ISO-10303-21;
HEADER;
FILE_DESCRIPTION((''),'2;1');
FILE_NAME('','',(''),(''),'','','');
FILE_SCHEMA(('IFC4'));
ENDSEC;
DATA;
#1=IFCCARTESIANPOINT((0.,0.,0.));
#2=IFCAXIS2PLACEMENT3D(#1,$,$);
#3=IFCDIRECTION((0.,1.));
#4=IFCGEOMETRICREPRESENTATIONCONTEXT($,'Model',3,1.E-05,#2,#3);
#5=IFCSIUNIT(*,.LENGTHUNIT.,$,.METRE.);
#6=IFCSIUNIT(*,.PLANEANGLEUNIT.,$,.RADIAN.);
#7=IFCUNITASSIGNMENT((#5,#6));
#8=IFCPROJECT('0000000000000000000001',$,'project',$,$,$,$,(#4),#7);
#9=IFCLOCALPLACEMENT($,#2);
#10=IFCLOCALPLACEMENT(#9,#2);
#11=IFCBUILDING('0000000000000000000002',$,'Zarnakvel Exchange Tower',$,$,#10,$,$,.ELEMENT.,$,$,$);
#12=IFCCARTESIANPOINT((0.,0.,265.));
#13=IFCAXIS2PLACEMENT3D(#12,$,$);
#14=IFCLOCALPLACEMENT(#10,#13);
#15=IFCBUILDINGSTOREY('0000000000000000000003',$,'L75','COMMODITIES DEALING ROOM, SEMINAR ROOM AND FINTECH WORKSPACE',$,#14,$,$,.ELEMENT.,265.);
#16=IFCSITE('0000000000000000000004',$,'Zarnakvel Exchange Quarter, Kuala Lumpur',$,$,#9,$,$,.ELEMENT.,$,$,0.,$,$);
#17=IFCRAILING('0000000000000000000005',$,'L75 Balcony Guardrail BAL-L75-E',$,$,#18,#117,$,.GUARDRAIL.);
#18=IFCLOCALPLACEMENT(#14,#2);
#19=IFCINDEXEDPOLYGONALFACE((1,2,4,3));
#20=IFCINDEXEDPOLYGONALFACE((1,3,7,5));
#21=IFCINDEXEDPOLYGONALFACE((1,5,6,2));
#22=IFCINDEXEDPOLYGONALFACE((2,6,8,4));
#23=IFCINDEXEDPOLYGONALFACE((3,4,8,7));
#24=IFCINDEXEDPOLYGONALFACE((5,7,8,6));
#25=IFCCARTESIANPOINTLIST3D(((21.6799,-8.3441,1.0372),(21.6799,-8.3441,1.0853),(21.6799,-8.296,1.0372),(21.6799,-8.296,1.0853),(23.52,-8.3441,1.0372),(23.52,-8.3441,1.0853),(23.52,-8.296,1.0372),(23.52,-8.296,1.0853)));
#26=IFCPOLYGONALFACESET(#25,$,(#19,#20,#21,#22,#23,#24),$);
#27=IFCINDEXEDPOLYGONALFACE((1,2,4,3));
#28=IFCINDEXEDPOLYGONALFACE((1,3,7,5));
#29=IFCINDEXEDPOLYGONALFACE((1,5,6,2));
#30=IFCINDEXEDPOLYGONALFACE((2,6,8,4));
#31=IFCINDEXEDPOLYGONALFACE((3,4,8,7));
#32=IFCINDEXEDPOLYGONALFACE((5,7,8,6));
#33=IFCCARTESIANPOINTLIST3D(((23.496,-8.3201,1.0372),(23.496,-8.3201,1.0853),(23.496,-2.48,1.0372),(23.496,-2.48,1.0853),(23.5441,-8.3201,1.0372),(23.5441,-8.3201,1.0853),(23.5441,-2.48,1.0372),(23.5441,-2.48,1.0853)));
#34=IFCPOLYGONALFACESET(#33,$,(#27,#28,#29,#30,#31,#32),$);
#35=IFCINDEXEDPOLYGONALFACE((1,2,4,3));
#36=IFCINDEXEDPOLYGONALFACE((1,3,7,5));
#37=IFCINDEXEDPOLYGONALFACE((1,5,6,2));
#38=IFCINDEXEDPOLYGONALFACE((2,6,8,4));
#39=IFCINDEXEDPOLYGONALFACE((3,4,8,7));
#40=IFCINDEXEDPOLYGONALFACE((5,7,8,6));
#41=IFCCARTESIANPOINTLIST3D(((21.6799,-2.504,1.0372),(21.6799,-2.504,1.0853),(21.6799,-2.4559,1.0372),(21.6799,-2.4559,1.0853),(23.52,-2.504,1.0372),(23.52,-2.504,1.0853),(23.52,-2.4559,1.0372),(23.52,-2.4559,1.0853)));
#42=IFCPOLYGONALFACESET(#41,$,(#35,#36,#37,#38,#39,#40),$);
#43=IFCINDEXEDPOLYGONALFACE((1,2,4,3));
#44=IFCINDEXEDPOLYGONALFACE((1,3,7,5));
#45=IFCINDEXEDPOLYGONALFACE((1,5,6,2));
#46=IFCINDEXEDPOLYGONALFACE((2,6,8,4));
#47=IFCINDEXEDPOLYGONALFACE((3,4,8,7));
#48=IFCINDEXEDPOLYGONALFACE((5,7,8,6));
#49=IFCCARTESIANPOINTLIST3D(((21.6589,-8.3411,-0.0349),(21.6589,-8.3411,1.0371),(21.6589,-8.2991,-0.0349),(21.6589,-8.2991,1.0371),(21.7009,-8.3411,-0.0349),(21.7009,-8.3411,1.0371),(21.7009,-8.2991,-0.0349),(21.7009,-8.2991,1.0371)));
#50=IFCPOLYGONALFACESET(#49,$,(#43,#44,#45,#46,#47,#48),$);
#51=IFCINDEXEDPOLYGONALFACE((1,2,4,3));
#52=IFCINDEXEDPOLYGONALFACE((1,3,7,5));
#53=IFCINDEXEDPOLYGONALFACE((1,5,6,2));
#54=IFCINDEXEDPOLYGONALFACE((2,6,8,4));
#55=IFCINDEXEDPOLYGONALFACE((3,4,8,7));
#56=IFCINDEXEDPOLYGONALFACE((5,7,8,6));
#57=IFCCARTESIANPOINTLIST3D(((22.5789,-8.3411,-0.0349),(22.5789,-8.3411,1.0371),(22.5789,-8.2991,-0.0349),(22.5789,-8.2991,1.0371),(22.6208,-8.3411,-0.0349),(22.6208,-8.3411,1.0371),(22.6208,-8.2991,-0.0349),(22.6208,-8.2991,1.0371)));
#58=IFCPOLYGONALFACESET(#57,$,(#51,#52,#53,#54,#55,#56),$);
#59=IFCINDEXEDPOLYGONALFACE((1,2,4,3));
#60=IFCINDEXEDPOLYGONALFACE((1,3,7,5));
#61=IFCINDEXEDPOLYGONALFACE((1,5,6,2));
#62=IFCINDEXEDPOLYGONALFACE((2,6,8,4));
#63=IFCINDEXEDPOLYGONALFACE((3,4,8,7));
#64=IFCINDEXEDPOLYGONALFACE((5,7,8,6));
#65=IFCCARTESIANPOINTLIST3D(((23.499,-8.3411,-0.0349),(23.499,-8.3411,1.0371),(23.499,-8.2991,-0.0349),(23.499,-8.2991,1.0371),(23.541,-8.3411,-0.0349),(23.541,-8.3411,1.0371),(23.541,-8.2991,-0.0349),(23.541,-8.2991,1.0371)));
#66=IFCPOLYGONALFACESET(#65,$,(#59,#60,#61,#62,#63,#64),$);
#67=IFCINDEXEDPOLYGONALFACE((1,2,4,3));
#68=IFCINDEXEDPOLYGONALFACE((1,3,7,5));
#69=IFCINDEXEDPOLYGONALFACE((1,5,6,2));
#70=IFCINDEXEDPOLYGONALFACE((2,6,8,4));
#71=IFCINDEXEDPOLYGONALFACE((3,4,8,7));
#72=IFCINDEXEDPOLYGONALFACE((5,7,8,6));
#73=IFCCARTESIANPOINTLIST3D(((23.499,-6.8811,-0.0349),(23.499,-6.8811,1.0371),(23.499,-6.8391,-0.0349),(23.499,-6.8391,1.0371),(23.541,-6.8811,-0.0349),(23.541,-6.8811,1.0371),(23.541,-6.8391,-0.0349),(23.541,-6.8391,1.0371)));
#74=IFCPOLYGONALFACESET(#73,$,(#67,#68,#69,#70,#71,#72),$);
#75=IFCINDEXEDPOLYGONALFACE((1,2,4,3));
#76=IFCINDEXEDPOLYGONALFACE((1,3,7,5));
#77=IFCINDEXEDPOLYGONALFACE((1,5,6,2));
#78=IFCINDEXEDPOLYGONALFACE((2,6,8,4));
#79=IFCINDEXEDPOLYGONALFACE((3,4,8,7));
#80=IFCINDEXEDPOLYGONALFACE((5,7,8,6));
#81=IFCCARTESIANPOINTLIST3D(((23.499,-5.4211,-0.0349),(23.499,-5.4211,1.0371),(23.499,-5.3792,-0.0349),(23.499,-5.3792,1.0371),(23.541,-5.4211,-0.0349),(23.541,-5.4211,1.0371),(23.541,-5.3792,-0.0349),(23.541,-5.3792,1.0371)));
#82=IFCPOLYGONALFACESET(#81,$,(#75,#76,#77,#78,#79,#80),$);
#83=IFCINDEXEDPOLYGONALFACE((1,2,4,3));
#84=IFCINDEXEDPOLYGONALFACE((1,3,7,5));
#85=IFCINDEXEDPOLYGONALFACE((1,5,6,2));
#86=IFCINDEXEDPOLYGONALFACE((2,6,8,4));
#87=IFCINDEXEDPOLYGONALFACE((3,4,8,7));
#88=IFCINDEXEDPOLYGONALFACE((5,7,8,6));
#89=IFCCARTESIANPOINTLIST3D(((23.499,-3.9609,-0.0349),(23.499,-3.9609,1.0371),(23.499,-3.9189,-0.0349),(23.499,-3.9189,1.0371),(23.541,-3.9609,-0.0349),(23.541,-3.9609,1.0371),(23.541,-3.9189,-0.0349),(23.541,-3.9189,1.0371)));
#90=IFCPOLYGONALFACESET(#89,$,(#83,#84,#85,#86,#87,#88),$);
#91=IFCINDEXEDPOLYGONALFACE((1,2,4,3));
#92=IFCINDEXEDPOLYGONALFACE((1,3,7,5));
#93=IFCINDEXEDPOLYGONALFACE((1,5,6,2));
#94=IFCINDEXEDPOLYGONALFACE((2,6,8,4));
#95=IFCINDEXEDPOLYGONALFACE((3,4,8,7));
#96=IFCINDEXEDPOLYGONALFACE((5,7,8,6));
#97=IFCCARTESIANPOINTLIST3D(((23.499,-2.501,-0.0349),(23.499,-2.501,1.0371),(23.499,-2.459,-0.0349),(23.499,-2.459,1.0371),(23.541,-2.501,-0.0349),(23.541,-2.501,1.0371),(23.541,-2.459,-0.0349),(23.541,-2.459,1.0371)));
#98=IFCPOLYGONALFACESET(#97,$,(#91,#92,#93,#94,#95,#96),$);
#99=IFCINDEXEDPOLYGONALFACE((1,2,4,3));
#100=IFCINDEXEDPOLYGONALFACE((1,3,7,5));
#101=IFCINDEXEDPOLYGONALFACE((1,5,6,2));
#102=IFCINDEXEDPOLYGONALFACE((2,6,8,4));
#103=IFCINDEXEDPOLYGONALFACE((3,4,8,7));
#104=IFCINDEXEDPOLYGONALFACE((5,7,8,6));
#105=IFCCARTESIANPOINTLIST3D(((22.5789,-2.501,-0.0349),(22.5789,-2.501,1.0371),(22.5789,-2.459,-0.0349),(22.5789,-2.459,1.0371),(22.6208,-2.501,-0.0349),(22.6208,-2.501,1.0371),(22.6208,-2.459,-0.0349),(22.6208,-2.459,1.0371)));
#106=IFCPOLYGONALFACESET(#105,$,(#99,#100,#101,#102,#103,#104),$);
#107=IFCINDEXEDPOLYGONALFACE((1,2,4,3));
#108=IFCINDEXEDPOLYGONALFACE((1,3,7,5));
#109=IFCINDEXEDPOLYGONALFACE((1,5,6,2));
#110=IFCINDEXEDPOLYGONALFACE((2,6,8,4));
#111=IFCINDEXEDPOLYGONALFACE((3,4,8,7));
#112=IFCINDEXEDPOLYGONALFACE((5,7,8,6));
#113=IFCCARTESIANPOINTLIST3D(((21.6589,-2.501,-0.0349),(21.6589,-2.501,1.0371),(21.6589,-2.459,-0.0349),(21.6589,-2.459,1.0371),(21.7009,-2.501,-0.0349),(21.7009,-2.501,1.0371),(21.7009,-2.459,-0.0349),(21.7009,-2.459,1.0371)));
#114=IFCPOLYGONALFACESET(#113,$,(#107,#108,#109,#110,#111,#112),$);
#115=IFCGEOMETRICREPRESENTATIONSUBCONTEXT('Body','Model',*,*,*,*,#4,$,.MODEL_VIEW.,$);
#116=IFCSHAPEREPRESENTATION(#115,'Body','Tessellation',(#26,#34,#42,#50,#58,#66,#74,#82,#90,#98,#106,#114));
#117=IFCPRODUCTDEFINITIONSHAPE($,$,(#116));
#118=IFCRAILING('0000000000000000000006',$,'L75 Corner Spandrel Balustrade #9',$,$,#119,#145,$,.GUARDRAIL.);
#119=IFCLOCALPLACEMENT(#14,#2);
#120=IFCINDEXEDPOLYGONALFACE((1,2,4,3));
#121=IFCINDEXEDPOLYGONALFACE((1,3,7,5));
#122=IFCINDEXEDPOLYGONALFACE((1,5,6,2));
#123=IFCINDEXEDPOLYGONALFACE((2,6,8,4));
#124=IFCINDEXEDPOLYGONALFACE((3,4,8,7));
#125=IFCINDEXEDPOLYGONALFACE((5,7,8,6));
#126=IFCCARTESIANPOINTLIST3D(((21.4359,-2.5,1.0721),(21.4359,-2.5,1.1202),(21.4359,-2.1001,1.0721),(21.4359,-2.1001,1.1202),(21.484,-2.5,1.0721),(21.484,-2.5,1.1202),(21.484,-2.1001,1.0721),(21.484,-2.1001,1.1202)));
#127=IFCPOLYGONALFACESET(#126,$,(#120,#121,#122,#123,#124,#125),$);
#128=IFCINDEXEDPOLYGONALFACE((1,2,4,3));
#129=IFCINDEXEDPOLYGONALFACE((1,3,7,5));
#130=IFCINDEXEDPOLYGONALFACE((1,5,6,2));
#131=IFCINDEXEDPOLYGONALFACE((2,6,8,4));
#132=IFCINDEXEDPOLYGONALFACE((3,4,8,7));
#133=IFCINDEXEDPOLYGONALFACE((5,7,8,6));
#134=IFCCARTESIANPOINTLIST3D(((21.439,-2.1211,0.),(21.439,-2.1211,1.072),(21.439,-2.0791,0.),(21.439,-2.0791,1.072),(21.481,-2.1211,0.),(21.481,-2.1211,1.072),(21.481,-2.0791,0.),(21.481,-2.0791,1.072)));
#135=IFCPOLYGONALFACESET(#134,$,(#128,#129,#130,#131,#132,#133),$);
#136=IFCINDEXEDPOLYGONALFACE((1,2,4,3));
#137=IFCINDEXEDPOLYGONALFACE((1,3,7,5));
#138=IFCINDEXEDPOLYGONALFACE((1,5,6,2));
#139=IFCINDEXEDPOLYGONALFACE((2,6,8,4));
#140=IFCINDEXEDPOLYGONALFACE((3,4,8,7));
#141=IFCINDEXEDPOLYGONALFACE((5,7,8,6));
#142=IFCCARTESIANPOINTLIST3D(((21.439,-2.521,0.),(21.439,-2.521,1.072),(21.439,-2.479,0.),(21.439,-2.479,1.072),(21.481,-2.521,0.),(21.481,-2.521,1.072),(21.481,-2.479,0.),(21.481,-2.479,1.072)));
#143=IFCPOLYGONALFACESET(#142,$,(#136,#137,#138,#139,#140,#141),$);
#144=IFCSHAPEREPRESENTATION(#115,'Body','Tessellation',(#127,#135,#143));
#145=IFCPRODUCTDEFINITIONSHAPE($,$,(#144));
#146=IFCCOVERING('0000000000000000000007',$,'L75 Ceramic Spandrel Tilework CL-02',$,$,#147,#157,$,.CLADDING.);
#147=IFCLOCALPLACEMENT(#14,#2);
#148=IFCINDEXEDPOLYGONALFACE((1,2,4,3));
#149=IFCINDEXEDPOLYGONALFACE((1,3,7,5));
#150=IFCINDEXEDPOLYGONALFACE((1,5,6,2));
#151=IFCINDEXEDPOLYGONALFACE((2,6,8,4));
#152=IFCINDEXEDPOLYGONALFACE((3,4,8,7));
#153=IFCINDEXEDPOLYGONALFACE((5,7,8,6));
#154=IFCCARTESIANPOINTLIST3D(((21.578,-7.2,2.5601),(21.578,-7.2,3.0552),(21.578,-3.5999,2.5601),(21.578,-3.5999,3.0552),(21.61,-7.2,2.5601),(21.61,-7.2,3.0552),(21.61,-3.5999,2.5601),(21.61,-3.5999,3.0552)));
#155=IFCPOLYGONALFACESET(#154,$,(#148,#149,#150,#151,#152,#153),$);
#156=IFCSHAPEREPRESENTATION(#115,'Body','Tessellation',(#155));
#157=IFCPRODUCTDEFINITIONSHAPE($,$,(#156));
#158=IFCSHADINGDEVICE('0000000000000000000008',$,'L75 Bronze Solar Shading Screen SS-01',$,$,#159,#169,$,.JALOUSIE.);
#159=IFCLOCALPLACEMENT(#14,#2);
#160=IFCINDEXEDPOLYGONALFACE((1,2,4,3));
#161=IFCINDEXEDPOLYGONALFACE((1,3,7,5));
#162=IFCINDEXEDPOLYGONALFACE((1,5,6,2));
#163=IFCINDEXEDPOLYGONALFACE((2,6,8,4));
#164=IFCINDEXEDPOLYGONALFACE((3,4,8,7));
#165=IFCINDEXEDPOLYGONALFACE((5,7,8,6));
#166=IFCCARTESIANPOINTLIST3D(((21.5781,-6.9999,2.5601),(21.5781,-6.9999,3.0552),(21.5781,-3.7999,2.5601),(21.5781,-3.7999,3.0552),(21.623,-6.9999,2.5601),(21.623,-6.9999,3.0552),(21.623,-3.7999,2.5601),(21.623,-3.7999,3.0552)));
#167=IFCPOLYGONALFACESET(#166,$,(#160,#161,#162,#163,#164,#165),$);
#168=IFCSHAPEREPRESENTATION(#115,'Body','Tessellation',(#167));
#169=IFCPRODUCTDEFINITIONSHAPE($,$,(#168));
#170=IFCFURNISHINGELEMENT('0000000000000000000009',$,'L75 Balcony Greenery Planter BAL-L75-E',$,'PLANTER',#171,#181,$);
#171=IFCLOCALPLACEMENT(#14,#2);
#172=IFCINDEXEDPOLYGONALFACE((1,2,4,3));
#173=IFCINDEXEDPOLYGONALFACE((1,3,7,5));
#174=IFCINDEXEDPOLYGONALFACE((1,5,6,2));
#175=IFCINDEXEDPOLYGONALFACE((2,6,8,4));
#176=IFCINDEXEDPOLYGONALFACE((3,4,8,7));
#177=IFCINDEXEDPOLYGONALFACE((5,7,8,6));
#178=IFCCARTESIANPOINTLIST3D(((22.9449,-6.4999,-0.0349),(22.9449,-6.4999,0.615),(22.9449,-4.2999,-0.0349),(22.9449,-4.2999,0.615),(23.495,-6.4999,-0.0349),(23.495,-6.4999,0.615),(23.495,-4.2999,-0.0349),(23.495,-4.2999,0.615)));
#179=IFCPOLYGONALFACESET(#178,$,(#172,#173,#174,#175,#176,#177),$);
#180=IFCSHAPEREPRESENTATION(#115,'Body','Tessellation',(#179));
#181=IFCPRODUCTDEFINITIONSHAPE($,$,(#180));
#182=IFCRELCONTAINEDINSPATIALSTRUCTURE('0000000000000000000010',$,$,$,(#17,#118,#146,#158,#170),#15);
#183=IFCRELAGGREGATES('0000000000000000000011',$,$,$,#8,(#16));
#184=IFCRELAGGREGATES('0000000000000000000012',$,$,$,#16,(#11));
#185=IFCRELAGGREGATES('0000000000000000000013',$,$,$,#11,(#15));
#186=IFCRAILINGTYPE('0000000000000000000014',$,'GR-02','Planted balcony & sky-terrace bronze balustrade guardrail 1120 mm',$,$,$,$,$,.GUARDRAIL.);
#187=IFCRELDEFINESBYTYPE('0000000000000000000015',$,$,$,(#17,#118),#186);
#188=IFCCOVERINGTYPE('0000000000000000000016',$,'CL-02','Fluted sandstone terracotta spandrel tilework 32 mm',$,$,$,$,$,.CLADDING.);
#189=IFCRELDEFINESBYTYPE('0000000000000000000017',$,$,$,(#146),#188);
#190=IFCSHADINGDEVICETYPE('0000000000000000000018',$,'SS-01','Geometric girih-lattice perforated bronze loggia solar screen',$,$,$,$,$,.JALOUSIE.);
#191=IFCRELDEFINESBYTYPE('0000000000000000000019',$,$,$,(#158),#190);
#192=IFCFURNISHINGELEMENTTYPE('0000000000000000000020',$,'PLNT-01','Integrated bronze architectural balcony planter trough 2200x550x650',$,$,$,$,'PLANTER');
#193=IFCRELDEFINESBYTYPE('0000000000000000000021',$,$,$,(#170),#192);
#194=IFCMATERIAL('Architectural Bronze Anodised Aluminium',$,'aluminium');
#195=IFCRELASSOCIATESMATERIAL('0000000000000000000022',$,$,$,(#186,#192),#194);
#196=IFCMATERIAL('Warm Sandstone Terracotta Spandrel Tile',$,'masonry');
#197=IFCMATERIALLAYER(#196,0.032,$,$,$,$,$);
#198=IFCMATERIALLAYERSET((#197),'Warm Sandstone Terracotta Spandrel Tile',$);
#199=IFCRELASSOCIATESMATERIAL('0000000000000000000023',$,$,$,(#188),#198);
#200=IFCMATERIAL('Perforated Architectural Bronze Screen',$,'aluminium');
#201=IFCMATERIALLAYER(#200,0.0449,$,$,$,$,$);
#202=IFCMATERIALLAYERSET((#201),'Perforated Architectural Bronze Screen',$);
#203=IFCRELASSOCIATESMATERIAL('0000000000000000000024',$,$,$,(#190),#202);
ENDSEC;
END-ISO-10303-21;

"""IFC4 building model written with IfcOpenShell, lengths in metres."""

from ifc_helpers import new_model, si_unit, direction, frame, origin, origin_2d, place, context, subcontext, project, spatial, rectangle, extrude, source, transform, mapped, material, layer, layer_set, type_object, element, save


model = new_model("IFC4")

# Units and contexts
model_context = context("Model", 3, precision=1e-05, world=origin(), true_north=direction((0.0, 1.0)))
body_context = subcontext(model_context, "Body", "Model", "MODEL_VIEW")
ifc_project = project(units=[si_unit("LENGTHUNIT", "METRE"), si_unit("PLANEANGLEUNIT", "RADIAN")], contexts=[model_context])

# Site, building, storey
site_placement = place(None, origin())
site = spatial("IfcSite", under=ifc_project, at=site_placement, Name="Zarnakvel Exchange Quarter, Kuala Lumpur", CompositionType="ELEMENT", RefElevation=0.0)
building_placement = place(site_placement, origin())
building = spatial("IfcBuilding", under=site, at=building_placement, Name="Zarnakvel Exchange Tower", CompositionType="ELEMENT")
storey_placement = place(building_placement, frame((0.0, 0.0, 265.0)))
storey = spatial("IfcBuildingStorey", under=building, at=storey_placement, Name="L75", Description="COMMODITIES DEALING ROOM, SEMINAR ROOM AND FINTECH WORKSPACE", CompositionType="ELEMENT", Elevation=265.0)

# Shared definitions
ifc_material_1 = material(Name="Architectural Bronze Anodised Aluminium", Category="aluminium")

# Railings
railing_type = type_object("IfcRailingType", Name="GR-02", Description="Planted balcony & sky-terrace bronze balustrade guardrail 1120 mm", PredefinedType="GUARDRAIL", material=ifc_material_1)
railing_1_placement = place(storey_placement, frame((21.6799, -8.3201, -0.0349)))
element("IfcRailing", 1, at=railing_1_placement, inside=storey, type_object=railing_type, Name="L75 Balcony Guardrail BAL-L75-E", PredefinedType="GUARDRAIL", context=body_context, shape_type="SweptSolid", body=[
    extrude(rectangle(XDim=0.0481, YDim=0.0481, at=origin_2d()), frame((0.0, 0.0, 1.0962), z_axis=(1.0, 0.0, 0.0), x_axis=(0.0, 1.0, 0.0)), (0.0, 0.0, 1.0), 1.8401),
    extrude(rectangle(XDim=0.0481, YDim=0.0481, at=origin_2d()), frame((1.8401, 0.0, 1.0962), z_axis=(0.0, 1.0, 0.0), x_axis=(-1.0, 0.0, 0.0)), (0.0, 0.0, 1.0), 5.8401),
    extrude(rectangle(XDim=0.0481, YDim=0.0481, at=origin_2d()), frame((1.8401, 5.8401, 1.0962), z_axis=(-1.0, 0.0, 0.0), x_axis=(0.0, -1.0, 0.0)), (0.0, 0.0, 1.0), 1.8401),
    extrude(rectangle(XDim=0.042, YDim=0.042, at=origin_2d()), origin(), (0.0, 0.0, 1.0), 1.072),
    extrude(rectangle(XDim=0.042, YDim=0.042, at=origin_2d()), frame((0.9199, 0.0, 0.0)), (0.0, 0.0, 1.0), 1.072),
    extrude(rectangle(XDim=0.042, YDim=0.042, at=origin_2d()), frame((1.8401, 0.0, 0.0)), (0.0, 0.0, 1.0), 1.072),
    extrude(rectangle(XDim=0.042, YDim=0.042, at=origin_2d()), frame((1.8401, 1.46, 0.0)), (0.0, 0.0, 1.0), 1.072),
    extrude(rectangle(XDim=0.042, YDim=0.042, at=origin_2d()), frame((1.8401, 2.9199, 0.0)), (0.0, 0.0, 1.0), 1.072),
    extrude(rectangle(XDim=0.042, YDim=0.042, at=origin_2d()), frame((1.8401, 4.3801, 0.0)), (0.0, 0.0, 1.0), 1.072),
    extrude(rectangle(XDim=0.042, YDim=0.042, at=origin_2d()), frame((1.8401, 5.8401, 0.0)), (0.0, 0.0, 1.0), 1.072),
    extrude(rectangle(XDim=0.042, YDim=0.042, at=origin_2d()), frame((0.9199, 5.8401, 0.0)), (0.0, 0.0, 1.0), 1.072),
    extrude(rectangle(XDim=0.042, YDim=0.042, at=origin_2d()), frame((0.0, 5.8401, 0.0)), (0.0, 0.0, 1.0), 1.072),
])
railing_2_placement = place(storey_placement, frame((21.46, -2.1001, 0.0)))
element("IfcRailing", 2, at=railing_2_placement, inside=storey, type_object=railing_type, Name="L75 Corner Spandrel Balustrade #9", PredefinedType="GUARDRAIL", context=body_context, shape_type="SweptSolid", body=[
    extrude(rectangle(XDim=0.0481, YDim=0.0481, at=origin_2d()), frame((0.0, 0.0, 1.0962), z_axis=(0.0, -1.0, 0.0), x_axis=(1.0, 0.0, 0.0)), (0.0, 0.0, 1.0), 0.3999),
    extrude(rectangle(XDim=0.042, YDim=0.042, at=origin_2d()), origin(), (0.0, 0.0, 1.0), 1.072),
    extrude(rectangle(XDim=0.042, YDim=0.042, at=origin_2d()), frame((0.0, -0.3999, 0.0)), (0.0, 0.0, 1.0), 1.072),
])

# Covering
ifc_material_2 = material(Name="Warm Sandstone Terracotta Spandrel Tile", Category="masonry")
ifc_layer_1 = layer(ifc_material_2, 0.032)
ifc_layer_set_1 = layer_set([ifc_layer_1], Name="Warm Sandstone Terracotta Spandrel Tile")
covering_type = type_object("IfcCoveringType", Name="CL-02", Description="Fluted sandstone terracotta spandrel tilework 32 mm", PredefinedType="CLADDING", material=ifc_layer_set_1)
shared_shape_1 = source(origin(), body_context, "Body", "SweptSolid", [
    extrude(rectangle(XDim=3.6001, YDim=0.032, at=origin_2d()), origin(), (0.0, 0.0, 1.0), 0.4951),
])
covering_placement = place(storey_placement, frame((21.594, -5.3999, 2.5601), z_axis=(0.0, 0.0, 1.0), x_axis=(0.0, -1.0, 0.0)))
element("IfcCovering", 3, at=covering_placement, inside=storey, type_object=covering_type, Name="L75 Ceramic Spandrel Tilework CL-02", PredefinedType="CLADDING", context=body_context, shape_type="MappedRepresentation", body=[
    mapped(shared_shape_1, transform((0.0, 0.0, 0.0), x_axis=(1.0, 0.0, 0.0), y_axis=(0.0, 1.0, 0.0), z_axis=(0.0, 0.0, 1.0), scale=1.0)),
])

# Shading device
ifc_material_3 = material(Name="Perforated Architectural Bronze Screen", Category="aluminium")
ifc_layer_2 = layer(ifc_material_3, 0.0449)
ifc_layer_set_2 = layer_set([ifc_layer_2], Name="Perforated Architectural Bronze Screen")
shading_device_type = type_object("IfcShadingDeviceType", Name="SS-01", Description="Geometric girih-lattice perforated bronze loggia solar screen", PredefinedType="JALOUSIE", material=ifc_layer_set_2)
shared_shape_2 = source(origin(), body_context, "Body", "SweptSolid", [
    extrude(rectangle(XDim=3.2, YDim=0.0449, at=origin_2d()), origin(), (0.0, 0.0, 1.0), 0.4951),
])
shading_device_placement = place(storey_placement, frame((21.6006, -5.3999, 2.5601), z_axis=(0.0, 0.0, 1.0), x_axis=(0.0, -1.0, 0.0)))
element("IfcShadingDevice", 4, at=shading_device_placement, inside=storey, type_object=shading_device_type, Name="L75 Bronze Solar Shading Screen SS-01", PredefinedType="JALOUSIE", context=body_context, shape_type="MappedRepresentation", body=[
    mapped(shared_shape_2, transform((0.0, 0.0, 0.0), x_axis=(1.0, 0.0, 0.0), y_axis=(0.0, 1.0, 0.0), z_axis=(0.0, 0.0, 1.0), scale=1.0)),
])

# Furnishing element
furnishing_element_type = type_object("IfcFurnishingElementType", Name="PLNT-01", Description="Integrated bronze architectural balcony planter trough 2200x550x650", ElementType="PLANTER", material=ifc_material_1)
shared_shape_3 = source(origin(), body_context, "Body", "SweptSolid", [
    extrude(rectangle(XDim=2.2, YDim=0.55, at=origin_2d()), origin(), (0.0, 0.0, 1.0), 0.6499),
])
furnishing_placement = place(storey_placement, frame((23.22, -5.3999, -0.0349), z_axis=(0.0, 0.0, 1.0), x_axis=(0.0, 1.0, 0.0)))
element("IfcFurnishingElement", 5, at=furnishing_placement, inside=storey, type_object=furnishing_element_type, Name="L75 Balcony Greenery Planter BAL-L75-E", ObjectType="PLANTER", context=body_context, shape_type="MappedRepresentation", body=[
    mapped(shared_shape_3, transform((0.0, 0.0, 0.0), x_axis=(1.0, 0.0, 0.0), y_axis=(0.0, 1.0, 0.0), z_axis=(0.0, 0.0, 1.0), scale=1.0)),
])

save(model, "model.ifc")
